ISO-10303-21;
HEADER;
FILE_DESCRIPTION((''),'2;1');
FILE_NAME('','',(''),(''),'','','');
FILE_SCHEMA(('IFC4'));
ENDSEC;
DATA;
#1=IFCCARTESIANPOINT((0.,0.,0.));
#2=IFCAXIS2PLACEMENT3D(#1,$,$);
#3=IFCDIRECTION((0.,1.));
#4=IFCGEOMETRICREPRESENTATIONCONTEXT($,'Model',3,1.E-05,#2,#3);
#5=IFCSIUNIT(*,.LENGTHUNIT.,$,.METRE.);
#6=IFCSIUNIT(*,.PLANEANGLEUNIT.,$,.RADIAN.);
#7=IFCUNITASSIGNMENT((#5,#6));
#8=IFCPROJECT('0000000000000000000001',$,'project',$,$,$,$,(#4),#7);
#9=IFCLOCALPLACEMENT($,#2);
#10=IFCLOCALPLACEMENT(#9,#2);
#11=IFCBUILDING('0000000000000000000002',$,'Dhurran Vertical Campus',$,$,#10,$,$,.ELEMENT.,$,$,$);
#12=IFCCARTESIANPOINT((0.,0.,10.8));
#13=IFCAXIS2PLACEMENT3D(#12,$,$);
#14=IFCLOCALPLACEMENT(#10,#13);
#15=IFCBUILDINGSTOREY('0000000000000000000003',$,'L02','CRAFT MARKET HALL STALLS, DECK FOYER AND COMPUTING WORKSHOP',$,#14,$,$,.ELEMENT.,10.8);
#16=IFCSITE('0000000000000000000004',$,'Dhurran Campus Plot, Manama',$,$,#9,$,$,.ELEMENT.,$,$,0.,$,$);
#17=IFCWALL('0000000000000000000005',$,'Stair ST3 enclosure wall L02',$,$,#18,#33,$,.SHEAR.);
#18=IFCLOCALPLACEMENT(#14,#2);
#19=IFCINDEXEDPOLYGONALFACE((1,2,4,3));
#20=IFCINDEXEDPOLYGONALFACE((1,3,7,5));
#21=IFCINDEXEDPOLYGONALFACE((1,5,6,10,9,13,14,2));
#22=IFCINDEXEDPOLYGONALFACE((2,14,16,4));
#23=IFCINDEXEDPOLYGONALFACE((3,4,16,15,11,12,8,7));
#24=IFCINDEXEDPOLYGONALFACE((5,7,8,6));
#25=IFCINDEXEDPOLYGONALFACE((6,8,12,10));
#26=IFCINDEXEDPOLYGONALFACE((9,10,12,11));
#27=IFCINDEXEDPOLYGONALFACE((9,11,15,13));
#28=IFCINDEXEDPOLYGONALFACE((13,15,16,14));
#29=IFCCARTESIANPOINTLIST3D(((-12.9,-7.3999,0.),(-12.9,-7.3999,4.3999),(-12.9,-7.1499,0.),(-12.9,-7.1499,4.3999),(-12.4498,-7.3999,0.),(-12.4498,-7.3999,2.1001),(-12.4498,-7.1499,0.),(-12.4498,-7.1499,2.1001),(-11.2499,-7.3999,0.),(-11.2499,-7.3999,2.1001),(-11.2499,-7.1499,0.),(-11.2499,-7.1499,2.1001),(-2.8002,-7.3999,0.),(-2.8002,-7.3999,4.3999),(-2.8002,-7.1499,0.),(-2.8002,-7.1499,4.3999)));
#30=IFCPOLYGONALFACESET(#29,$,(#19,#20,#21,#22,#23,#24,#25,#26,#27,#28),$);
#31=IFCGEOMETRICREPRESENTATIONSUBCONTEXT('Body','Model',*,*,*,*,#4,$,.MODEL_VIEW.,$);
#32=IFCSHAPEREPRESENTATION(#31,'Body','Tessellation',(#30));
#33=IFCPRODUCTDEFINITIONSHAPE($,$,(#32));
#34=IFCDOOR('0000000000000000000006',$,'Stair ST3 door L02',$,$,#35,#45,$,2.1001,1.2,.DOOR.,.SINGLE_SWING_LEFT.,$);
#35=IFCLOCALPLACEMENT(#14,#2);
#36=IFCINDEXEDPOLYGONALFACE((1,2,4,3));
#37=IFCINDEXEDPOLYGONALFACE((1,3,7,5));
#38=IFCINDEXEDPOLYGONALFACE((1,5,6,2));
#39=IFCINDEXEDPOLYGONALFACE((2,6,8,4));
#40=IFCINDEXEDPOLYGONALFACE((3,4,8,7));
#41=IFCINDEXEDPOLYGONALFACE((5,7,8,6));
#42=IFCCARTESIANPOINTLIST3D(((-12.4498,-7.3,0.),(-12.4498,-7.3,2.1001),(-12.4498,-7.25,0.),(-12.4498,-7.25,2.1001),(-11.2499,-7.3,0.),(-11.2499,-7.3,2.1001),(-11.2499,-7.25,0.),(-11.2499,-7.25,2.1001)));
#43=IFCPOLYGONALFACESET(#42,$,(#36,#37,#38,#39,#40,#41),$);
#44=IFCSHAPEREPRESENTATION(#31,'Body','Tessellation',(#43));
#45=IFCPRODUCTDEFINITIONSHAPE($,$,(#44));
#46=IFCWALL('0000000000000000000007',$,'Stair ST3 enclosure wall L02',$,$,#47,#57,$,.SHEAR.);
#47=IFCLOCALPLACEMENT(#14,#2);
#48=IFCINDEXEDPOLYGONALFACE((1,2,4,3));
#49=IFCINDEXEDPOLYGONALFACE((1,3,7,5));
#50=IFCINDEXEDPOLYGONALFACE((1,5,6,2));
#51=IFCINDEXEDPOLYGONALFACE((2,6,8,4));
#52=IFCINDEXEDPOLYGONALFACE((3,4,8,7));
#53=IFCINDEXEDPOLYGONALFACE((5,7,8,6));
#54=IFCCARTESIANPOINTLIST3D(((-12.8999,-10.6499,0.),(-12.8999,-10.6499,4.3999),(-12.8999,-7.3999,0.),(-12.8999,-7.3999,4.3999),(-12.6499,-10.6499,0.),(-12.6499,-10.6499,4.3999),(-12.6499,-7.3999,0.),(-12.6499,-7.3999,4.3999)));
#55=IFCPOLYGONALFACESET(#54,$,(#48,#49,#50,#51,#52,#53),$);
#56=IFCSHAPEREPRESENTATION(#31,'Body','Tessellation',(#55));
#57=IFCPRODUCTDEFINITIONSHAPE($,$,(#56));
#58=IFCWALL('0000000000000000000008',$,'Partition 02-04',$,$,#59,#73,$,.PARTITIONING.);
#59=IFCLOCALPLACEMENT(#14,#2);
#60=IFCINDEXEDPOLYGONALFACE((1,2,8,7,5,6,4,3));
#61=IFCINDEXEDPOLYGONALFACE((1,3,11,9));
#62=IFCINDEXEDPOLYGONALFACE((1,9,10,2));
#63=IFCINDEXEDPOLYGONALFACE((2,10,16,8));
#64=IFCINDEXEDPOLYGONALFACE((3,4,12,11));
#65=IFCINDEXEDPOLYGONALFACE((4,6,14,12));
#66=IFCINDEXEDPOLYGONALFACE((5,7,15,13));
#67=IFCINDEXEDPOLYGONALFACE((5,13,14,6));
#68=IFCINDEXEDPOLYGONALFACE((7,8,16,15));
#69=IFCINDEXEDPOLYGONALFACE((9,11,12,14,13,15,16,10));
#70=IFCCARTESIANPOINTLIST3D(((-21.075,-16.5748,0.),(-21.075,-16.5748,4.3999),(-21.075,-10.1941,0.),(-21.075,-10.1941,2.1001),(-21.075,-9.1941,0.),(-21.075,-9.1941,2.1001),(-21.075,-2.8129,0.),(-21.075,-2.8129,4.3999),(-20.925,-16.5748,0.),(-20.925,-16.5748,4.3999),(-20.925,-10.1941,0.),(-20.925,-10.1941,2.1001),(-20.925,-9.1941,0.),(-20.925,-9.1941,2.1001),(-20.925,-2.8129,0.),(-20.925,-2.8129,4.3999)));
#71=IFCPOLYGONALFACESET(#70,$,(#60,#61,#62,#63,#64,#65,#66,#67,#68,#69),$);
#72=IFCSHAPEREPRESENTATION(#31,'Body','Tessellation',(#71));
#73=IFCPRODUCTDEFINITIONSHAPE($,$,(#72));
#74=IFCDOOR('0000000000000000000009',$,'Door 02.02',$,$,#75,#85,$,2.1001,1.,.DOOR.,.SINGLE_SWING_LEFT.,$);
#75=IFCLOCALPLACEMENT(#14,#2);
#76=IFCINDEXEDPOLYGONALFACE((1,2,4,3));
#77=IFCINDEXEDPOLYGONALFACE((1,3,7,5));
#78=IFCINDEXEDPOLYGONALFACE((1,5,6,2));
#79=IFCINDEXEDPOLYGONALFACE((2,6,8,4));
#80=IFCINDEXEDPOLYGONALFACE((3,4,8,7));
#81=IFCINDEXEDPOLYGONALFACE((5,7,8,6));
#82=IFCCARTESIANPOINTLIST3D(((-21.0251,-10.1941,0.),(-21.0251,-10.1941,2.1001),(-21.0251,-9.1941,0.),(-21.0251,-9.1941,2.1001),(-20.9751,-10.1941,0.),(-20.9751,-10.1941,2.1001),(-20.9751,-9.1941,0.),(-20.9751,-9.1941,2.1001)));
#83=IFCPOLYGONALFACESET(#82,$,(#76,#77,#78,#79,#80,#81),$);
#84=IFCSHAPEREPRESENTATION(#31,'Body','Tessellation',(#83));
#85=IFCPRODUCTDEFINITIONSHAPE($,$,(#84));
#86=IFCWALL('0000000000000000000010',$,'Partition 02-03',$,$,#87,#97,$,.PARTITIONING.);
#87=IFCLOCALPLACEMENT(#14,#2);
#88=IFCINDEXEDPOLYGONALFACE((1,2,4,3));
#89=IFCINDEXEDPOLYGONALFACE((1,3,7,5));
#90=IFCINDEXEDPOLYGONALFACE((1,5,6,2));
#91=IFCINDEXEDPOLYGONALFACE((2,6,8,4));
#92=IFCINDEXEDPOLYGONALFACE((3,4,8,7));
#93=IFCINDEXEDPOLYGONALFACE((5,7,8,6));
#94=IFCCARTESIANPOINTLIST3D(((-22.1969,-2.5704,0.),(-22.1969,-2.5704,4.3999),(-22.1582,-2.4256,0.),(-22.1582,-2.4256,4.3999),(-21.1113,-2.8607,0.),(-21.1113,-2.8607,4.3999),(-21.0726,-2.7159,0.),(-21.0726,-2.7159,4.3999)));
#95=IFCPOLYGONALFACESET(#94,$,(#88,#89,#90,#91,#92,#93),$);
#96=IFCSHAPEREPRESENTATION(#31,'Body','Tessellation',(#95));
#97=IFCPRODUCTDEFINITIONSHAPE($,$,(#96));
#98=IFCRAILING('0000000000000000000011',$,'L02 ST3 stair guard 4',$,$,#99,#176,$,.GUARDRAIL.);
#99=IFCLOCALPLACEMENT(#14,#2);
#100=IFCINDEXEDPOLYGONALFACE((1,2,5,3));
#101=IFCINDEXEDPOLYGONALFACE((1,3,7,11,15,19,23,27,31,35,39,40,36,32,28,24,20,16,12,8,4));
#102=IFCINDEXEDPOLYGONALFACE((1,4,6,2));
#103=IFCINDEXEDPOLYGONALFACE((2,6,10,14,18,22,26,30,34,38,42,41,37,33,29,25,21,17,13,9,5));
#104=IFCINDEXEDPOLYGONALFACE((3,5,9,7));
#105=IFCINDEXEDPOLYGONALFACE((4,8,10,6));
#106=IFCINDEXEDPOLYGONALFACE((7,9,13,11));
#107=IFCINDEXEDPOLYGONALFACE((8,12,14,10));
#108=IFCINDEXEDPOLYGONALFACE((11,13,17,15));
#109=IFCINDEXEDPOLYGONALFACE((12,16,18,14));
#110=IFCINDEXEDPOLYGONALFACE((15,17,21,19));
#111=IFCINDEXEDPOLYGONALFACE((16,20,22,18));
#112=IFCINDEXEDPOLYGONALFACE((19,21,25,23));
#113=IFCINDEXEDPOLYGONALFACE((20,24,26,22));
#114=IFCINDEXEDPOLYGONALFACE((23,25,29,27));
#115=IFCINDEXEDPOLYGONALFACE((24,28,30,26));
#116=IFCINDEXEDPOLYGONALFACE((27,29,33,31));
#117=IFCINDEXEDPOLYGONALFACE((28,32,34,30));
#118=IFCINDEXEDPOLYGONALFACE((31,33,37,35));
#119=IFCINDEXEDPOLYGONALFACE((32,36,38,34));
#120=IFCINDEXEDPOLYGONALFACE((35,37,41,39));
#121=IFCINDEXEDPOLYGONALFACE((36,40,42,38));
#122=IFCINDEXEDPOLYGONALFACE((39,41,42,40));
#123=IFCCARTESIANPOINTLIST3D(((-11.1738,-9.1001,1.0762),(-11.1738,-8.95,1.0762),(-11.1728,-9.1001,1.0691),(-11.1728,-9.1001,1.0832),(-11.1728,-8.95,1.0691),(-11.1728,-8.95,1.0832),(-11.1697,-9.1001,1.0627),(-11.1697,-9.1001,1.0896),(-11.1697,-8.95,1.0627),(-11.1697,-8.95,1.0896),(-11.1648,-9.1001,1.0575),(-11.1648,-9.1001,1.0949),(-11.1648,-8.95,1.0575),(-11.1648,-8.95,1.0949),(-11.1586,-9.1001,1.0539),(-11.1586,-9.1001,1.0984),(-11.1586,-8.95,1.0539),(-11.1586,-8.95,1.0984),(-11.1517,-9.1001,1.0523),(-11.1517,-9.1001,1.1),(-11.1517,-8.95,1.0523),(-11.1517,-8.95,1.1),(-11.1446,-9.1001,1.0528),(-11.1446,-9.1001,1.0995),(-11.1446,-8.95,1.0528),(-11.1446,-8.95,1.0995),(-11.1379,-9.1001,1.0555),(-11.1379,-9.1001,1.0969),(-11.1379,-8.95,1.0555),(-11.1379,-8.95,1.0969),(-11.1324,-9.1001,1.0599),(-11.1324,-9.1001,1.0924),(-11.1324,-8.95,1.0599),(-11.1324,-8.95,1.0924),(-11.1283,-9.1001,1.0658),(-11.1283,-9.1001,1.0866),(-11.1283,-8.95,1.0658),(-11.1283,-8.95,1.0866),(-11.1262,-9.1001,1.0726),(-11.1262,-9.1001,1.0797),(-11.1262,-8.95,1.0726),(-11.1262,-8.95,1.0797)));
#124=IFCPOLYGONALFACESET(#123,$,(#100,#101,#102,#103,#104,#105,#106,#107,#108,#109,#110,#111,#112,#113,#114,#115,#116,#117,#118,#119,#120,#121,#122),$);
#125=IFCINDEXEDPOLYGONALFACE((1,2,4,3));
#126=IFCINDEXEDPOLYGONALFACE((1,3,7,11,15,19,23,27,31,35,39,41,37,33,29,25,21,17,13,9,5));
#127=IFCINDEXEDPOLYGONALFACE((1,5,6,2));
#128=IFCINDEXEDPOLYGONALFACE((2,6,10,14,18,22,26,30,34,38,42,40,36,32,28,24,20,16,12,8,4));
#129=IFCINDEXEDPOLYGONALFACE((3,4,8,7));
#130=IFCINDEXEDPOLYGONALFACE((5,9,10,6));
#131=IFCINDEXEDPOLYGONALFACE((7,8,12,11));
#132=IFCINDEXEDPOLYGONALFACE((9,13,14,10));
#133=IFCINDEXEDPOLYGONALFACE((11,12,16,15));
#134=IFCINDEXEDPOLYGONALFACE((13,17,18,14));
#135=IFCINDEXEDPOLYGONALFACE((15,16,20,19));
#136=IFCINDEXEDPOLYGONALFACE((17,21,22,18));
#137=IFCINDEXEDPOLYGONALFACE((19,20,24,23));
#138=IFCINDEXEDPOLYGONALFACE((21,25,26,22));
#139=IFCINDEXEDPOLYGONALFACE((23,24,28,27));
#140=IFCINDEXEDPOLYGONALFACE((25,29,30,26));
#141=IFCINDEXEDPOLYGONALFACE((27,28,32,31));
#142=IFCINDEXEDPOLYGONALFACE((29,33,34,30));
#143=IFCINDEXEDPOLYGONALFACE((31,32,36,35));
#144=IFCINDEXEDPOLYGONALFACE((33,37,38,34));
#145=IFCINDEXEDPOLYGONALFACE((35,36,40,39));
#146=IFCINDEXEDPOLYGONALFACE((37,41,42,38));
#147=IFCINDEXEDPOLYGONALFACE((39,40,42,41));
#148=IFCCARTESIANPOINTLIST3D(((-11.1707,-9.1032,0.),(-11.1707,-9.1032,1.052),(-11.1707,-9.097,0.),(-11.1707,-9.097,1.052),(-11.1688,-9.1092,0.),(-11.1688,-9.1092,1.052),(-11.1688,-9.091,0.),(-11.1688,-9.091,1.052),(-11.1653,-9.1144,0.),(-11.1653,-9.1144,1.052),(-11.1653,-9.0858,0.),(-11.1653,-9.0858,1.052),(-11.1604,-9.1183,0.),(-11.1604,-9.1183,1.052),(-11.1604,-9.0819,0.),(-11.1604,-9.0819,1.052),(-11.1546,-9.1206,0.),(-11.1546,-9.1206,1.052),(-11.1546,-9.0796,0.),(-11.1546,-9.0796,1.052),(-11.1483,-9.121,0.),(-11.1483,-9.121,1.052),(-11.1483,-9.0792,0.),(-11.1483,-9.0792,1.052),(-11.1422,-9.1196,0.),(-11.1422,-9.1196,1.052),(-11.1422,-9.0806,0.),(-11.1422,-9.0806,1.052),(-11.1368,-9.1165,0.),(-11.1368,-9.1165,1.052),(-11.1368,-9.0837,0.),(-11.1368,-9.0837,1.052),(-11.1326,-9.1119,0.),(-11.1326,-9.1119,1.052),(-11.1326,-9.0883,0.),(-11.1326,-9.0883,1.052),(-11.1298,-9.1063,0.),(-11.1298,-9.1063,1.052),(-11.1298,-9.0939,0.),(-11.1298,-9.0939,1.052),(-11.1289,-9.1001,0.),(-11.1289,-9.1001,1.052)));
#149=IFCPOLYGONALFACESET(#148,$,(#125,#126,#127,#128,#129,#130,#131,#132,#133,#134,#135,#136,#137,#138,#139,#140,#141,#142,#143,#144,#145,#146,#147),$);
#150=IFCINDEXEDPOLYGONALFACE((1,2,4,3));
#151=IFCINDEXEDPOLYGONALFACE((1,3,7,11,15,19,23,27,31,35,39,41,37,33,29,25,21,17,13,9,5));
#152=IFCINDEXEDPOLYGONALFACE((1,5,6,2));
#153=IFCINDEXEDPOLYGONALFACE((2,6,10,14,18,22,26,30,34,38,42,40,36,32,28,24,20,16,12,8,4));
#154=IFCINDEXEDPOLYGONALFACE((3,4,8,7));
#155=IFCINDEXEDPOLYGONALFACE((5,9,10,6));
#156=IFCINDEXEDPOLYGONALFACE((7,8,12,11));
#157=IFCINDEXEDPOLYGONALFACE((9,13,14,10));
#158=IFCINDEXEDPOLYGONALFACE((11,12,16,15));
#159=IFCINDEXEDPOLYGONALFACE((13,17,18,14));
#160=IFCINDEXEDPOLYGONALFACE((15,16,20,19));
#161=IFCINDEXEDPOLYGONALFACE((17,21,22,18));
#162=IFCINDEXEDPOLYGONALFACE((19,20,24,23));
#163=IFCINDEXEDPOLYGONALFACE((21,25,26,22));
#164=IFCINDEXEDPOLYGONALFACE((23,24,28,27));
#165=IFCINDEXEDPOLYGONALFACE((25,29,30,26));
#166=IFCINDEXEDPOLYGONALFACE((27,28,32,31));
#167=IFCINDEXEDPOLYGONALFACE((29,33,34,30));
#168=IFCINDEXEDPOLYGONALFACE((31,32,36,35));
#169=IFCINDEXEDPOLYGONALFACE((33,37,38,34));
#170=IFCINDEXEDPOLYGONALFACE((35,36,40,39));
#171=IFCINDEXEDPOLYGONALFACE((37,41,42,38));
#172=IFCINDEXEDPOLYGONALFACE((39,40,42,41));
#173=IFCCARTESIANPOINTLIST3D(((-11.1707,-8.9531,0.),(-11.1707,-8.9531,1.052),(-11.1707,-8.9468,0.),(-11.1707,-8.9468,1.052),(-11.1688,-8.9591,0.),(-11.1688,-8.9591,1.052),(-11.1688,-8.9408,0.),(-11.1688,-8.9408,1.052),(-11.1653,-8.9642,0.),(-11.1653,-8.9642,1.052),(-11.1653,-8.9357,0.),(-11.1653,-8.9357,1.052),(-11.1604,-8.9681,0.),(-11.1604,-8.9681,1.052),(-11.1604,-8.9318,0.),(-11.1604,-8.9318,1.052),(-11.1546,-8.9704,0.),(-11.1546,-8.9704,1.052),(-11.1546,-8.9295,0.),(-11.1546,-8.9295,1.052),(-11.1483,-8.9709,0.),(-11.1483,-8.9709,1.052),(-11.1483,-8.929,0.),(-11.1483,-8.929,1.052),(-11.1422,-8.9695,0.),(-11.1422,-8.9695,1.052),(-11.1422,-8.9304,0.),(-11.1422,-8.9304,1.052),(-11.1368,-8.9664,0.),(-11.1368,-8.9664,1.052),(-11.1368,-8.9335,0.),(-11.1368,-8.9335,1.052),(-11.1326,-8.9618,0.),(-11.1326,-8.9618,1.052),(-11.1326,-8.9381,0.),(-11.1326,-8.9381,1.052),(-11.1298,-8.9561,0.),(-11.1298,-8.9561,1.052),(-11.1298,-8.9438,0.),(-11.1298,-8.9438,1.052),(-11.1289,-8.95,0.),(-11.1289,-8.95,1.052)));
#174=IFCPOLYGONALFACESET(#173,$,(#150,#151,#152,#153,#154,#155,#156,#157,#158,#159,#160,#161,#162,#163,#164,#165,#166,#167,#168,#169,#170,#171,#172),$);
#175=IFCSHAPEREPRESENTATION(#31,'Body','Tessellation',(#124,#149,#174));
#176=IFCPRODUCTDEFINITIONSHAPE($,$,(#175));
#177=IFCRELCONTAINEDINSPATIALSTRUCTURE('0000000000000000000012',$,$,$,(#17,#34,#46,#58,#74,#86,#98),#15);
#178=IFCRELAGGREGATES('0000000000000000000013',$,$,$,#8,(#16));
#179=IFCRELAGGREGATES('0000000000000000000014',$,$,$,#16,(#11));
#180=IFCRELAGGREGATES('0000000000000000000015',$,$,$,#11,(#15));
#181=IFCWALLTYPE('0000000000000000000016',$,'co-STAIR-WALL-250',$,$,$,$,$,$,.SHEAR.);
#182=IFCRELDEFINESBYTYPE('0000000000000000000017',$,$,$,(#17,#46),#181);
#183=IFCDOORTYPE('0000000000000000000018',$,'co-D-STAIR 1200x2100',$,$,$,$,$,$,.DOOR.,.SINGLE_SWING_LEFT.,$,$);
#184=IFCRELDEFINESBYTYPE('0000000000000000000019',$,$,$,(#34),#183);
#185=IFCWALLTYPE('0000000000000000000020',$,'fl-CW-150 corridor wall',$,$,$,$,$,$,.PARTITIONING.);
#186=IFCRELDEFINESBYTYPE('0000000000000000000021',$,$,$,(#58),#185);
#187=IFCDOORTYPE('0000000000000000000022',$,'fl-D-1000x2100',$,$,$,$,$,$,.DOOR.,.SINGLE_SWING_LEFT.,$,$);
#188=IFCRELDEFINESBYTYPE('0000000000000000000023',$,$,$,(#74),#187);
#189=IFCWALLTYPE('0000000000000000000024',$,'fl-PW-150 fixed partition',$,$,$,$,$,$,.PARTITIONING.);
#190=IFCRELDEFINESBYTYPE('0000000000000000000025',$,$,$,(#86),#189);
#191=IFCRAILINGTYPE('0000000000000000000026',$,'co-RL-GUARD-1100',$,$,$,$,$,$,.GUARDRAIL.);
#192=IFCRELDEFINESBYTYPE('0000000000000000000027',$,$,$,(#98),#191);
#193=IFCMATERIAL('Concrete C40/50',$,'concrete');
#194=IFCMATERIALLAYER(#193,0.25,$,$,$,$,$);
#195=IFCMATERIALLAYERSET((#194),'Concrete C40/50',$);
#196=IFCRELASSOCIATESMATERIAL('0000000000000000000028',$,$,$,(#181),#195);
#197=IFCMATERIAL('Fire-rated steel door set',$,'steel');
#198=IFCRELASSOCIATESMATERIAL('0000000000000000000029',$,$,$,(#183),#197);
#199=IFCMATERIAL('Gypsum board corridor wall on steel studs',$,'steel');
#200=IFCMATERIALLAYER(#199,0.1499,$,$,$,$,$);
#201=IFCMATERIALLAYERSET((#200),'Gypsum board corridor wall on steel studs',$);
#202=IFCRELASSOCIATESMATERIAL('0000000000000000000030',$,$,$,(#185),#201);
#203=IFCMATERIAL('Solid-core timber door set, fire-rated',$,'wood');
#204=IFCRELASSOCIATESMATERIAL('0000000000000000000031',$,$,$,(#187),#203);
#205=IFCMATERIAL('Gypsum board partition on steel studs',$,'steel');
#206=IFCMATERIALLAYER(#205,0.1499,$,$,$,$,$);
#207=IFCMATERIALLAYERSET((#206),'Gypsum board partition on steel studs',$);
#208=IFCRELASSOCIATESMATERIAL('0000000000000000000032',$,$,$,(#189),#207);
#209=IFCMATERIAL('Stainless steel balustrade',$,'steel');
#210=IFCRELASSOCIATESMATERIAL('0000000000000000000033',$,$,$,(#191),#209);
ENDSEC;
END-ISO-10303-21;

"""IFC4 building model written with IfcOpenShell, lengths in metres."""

from ifc_helpers import new_model, si_unit, direction, frame, frame_2d, origin, origin_2d, place, context, subcontext, project, spatial, rectangle, circle, extrude, material, layer, layer_set, type_object, element, fill, save


model = new_model("IFC4")

# Units and contexts
model_context = context("Model", 3, precision=1e-05, world=origin(), true_north=direction((0.0, 1.0)))
body_context = subcontext(model_context, "Body", "Model", "MODEL_VIEW")
ifc_project = project(units=[si_unit("LENGTHUNIT", "METRE"), si_unit("PLANEANGLEUNIT", "RADIAN")], contexts=[model_context])

# Site, building, storey
site_placement = place(None, origin())
site = spatial("IfcSite", under=ifc_project, at=site_placement, Name="Dhurran Campus Plot, Manama", CompositionType="ELEMENT", RefElevation=0.0)
building_placement = place(site_placement, origin())
building = spatial("IfcBuilding", under=site, at=building_placement, Name="Dhurran Vertical Campus", CompositionType="ELEMENT")
storey_placement = place(building_placement, frame((0.0, 0.0, 10.8)))
storey = spatial("IfcBuildingStorey", under=building, at=storey_placement, Name="L02", Description="CRAFT MARKET HALL STALLS, DECK FOYER AND COMPUTING WORKSHOP", CompositionType="ELEMENT", Elevation=10.8)

# Wall, opening, door
ifc_material_1 = material(Name="Concrete C40/50", Category="concrete")
ifc_layer_1 = layer(ifc_material_1, 0.25)
ifc_layer_set_1 = layer_set([ifc_layer_1], Name="Concrete C40/50")
wall_type_1 = type_object("IfcWallType", Name="co-STAIR-WALL-250", PredefinedType="SHEAR", material=ifc_layer_set_1)
wall_1_placement = place(storey_placement, frame((-12.8999, -7.2749, 0.0), z_axis=(0.0, 0.0, 1.0), x_axis=(1.0, 0.0, 0.0)))
wall_1 = element("IfcWall", 1, at=wall_1_placement, inside=storey, type_object=wall_type_1, Name="Stair ST3 enclosure wall L02", PredefinedType="SHEAR", context=body_context, shape_type="SweptSolid", body=[
    extrude(rectangle(XDim=10.0999, YDim=0.25, at=frame_2d((5.0498, 0.0))), origin(), (0.0, 0.0, 1.0), 4.3999),
])
opening_1_placement = place(wall_1_placement, frame((0.45, 0.0, 0.0)))
opening_1 = element("IfcOpeningElement", 2, at=opening_1_placement, cuts=wall_1, PredefinedType="OPENING", context=body_context, shape_type="SweptSolid", body=[
    extrude(rectangle(XDim=1.2, YDim=2.1001, at=frame_2d((0.6001, 1.05))), frame((0.0, 0.135, 0.0), z_axis=(0.0, -1.0, 0.0), x_axis=(1.0, 0.0, 0.0)), (0.0, 0.0, 1.0), 0.27),
])
ifc_material_2 = material(Name="Fire-rated steel door set", Category="steel")
door_type_1 = type_object("IfcDoorType", Name="co-D-STAIR 1200x2100", OperationType="SINGLE_SWING_LEFT", PredefinedType="DOOR", material=ifc_material_2)
door_1_placement = place(opening_1_placement, origin())
door_1 = element("IfcDoor", 3, at=door_1_placement, inside=storey, type_object=door_type_1, Name="Stair ST3 door L02", OperationType="SINGLE_SWING_LEFT", OverallHeight=2.1001, OverallWidth=1.2, PredefinedType="DOOR", context=body_context, shape_type="SweptSolid", body=[
    extrude(rectangle(XDim=1.2, YDim=2.1001, at=frame_2d((0.6001, 1.05))), frame((0.0, 0.0249, 0.0), z_axis=(0.0, -1.0, 0.0), x_axis=(1.0, 0.0, 0.0)), (0.0, 0.0, 1.0), 0.05),
])
fill(opening_1, door_1)

# Wall
wall_2_placement = place(storey_placement, frame((-12.7749, -10.6499, 0.0), z_axis=(0.0, 0.0, 1.0), x_axis=(0.0, 1.0, 0.0)))
element("IfcWall", 4, at=wall_2_placement, inside=storey, type_object=wall_type_1, Name="Stair ST3 enclosure wall L02", PredefinedType="SHEAR", context=body_context, shape_type="SweptSolid", body=[
    extrude(rectangle(XDim=3.25, YDim=0.25, at=frame_2d((1.625, 0.0))), origin(), (0.0, 0.0, 1.0), 4.3999),
])

# Wall, opening, door
ifc_material_3 = material(Name="Gypsum board corridor wall on steel studs", Category="steel")
ifc_layer_2 = layer(ifc_material_3, 0.1499)
ifc_layer_set_2 = layer_set([ifc_layer_2], Name="Gypsum board corridor wall on steel studs")
wall_type_2 = type_object("IfcWallType", Name="fl-CW-150 corridor wall", PredefinedType="PARTITIONING", material=ifc_layer_set_2)
wall_3_placement = place(storey_placement, frame((-21.0, -2.813, 0.0), z_axis=(0.0, 0.0, 1.0), x_axis=(0.0, -1.0, 0.0)))
wall_3 = element("IfcWall", 5, at=wall_3_placement, inside=storey, type_object=wall_type_2, Name="Partition 02-04", PredefinedType="PARTITIONING", context=body_context, shape_type="SweptSolid", body=[
    extrude(rectangle(XDim=13.762, YDim=0.1499, at=frame_2d((6.8809, 0.0))), origin(), (0.0, 0.0, 1.0), 4.3999),
])
opening_2_placement = place(wall_3_placement, frame((6.3811, 0.0, 0.0)))
opening_2 = element("IfcOpeningElement", 6, at=opening_2_placement, cuts=wall_3, PredefinedType="OPENING", context=body_context, shape_type="SweptSolid", body=[
    extrude(rectangle(XDim=1.0, YDim=2.1001, at=frame_2d((0.5, 1.05))), frame((0.0, 0.085, 0.0), z_axis=(0.0, -1.0, 0.0), x_axis=(1.0, 0.0, 0.0)), (0.0, 0.0, 1.0), 0.1699),
])
ifc_material_4 = material(Name="Solid-core timber door set, fire-rated", Category="wood")
door_type_2 = type_object("IfcDoorType", Name="fl-D-1000x2100", OperationType="SINGLE_SWING_LEFT", PredefinedType="DOOR", material=ifc_material_4)
door_2_placement = place(opening_2_placement, origin())
door_2 = element("IfcDoor", 7, at=door_2_placement, inside=storey, type_object=door_type_2, Name="Door 02.02", OperationType="SINGLE_SWING_LEFT", OverallHeight=2.1001, OverallWidth=1.0, PredefinedType="DOOR", context=body_context, shape_type="SweptSolid", body=[
    extrude(rectangle(XDim=1.0, YDim=2.1001, at=frame_2d((0.5, 1.05))), frame((0.0, 0.0249, 0.0), z_axis=(0.0, -1.0, 0.0), x_axis=(1.0, 0.0, 0.0)), (0.0, 0.0, 1.0), 0.05),
])
fill(opening_2, door_2)

# Wall
ifc_material_5 = material(Name="Gypsum board partition on steel studs", Category="steel")
ifc_layer_3 = layer(ifc_material_5, 0.1499)
ifc_layer_set_3 = layer_set([ifc_layer_3], Name="Gypsum board partition on steel studs")
wall_type_3 = type_object("IfcWallType", Name="fl-PW-150 fixed partition", PredefinedType="PARTITIONING", material=ifc_layer_set_3)
wall_4_placement = place(storey_placement, frame((-21.0918, -2.7883, 0.0), z_axis=(0.0, 0.0, 1.0), x_axis=(-0.966065, 0.258298, 0.0)))
element("IfcWall", 8, at=wall_4_placement, inside=storey, type_object=wall_type_3, Name="Partition 02-03", PredefinedType="PARTITIONING", context=body_context, shape_type="SweptSolid", body=[
    extrude(rectangle(XDim=1.1238, YDim=0.1499, at=frame_2d((0.562, 0.0))), origin(), (0.0, 0.0, 1.0), 4.3999),
])

# Railing
ifc_material_6 = material(Name="Stainless steel balustrade", Category="steel")
railing_type = type_object("IfcRailingType", Name="co-RL-GUARD-1100", PredefinedType="GUARDRAIL", material=ifc_material_6)
railing_placement = place(storey_placement, frame((-11.1499, -9.1001, 0.0)))
element("IfcRailing", 9, at=railing_placement, inside=storey, type_object=railing_type, Name="L02 ST3 stair guard 4", PredefinedType="GUARDRAIL", context=body_context, shape_type="SweptSolid", body=[
    extrude(circle(Radius=0.0239, at=origin_2d()), frame((0.0, 0.0, 1.0762), z_axis=(0.0, 1.0, 0.0), x_axis=(-1.0, 0.0, 0.0)), (0.0, 0.0, 1.0), 0.1501),
    extrude(circle(Radius=0.021, at=origin_2d()), origin(), (0.0, 0.0, 1.0), 1.052),
    extrude(circle(Radius=0.021, at=origin_2d()), frame((0.0, 0.1501, 0.0)), (0.0, 0.0, 1.0), 1.052),
])

save(model, "model.ifc")
